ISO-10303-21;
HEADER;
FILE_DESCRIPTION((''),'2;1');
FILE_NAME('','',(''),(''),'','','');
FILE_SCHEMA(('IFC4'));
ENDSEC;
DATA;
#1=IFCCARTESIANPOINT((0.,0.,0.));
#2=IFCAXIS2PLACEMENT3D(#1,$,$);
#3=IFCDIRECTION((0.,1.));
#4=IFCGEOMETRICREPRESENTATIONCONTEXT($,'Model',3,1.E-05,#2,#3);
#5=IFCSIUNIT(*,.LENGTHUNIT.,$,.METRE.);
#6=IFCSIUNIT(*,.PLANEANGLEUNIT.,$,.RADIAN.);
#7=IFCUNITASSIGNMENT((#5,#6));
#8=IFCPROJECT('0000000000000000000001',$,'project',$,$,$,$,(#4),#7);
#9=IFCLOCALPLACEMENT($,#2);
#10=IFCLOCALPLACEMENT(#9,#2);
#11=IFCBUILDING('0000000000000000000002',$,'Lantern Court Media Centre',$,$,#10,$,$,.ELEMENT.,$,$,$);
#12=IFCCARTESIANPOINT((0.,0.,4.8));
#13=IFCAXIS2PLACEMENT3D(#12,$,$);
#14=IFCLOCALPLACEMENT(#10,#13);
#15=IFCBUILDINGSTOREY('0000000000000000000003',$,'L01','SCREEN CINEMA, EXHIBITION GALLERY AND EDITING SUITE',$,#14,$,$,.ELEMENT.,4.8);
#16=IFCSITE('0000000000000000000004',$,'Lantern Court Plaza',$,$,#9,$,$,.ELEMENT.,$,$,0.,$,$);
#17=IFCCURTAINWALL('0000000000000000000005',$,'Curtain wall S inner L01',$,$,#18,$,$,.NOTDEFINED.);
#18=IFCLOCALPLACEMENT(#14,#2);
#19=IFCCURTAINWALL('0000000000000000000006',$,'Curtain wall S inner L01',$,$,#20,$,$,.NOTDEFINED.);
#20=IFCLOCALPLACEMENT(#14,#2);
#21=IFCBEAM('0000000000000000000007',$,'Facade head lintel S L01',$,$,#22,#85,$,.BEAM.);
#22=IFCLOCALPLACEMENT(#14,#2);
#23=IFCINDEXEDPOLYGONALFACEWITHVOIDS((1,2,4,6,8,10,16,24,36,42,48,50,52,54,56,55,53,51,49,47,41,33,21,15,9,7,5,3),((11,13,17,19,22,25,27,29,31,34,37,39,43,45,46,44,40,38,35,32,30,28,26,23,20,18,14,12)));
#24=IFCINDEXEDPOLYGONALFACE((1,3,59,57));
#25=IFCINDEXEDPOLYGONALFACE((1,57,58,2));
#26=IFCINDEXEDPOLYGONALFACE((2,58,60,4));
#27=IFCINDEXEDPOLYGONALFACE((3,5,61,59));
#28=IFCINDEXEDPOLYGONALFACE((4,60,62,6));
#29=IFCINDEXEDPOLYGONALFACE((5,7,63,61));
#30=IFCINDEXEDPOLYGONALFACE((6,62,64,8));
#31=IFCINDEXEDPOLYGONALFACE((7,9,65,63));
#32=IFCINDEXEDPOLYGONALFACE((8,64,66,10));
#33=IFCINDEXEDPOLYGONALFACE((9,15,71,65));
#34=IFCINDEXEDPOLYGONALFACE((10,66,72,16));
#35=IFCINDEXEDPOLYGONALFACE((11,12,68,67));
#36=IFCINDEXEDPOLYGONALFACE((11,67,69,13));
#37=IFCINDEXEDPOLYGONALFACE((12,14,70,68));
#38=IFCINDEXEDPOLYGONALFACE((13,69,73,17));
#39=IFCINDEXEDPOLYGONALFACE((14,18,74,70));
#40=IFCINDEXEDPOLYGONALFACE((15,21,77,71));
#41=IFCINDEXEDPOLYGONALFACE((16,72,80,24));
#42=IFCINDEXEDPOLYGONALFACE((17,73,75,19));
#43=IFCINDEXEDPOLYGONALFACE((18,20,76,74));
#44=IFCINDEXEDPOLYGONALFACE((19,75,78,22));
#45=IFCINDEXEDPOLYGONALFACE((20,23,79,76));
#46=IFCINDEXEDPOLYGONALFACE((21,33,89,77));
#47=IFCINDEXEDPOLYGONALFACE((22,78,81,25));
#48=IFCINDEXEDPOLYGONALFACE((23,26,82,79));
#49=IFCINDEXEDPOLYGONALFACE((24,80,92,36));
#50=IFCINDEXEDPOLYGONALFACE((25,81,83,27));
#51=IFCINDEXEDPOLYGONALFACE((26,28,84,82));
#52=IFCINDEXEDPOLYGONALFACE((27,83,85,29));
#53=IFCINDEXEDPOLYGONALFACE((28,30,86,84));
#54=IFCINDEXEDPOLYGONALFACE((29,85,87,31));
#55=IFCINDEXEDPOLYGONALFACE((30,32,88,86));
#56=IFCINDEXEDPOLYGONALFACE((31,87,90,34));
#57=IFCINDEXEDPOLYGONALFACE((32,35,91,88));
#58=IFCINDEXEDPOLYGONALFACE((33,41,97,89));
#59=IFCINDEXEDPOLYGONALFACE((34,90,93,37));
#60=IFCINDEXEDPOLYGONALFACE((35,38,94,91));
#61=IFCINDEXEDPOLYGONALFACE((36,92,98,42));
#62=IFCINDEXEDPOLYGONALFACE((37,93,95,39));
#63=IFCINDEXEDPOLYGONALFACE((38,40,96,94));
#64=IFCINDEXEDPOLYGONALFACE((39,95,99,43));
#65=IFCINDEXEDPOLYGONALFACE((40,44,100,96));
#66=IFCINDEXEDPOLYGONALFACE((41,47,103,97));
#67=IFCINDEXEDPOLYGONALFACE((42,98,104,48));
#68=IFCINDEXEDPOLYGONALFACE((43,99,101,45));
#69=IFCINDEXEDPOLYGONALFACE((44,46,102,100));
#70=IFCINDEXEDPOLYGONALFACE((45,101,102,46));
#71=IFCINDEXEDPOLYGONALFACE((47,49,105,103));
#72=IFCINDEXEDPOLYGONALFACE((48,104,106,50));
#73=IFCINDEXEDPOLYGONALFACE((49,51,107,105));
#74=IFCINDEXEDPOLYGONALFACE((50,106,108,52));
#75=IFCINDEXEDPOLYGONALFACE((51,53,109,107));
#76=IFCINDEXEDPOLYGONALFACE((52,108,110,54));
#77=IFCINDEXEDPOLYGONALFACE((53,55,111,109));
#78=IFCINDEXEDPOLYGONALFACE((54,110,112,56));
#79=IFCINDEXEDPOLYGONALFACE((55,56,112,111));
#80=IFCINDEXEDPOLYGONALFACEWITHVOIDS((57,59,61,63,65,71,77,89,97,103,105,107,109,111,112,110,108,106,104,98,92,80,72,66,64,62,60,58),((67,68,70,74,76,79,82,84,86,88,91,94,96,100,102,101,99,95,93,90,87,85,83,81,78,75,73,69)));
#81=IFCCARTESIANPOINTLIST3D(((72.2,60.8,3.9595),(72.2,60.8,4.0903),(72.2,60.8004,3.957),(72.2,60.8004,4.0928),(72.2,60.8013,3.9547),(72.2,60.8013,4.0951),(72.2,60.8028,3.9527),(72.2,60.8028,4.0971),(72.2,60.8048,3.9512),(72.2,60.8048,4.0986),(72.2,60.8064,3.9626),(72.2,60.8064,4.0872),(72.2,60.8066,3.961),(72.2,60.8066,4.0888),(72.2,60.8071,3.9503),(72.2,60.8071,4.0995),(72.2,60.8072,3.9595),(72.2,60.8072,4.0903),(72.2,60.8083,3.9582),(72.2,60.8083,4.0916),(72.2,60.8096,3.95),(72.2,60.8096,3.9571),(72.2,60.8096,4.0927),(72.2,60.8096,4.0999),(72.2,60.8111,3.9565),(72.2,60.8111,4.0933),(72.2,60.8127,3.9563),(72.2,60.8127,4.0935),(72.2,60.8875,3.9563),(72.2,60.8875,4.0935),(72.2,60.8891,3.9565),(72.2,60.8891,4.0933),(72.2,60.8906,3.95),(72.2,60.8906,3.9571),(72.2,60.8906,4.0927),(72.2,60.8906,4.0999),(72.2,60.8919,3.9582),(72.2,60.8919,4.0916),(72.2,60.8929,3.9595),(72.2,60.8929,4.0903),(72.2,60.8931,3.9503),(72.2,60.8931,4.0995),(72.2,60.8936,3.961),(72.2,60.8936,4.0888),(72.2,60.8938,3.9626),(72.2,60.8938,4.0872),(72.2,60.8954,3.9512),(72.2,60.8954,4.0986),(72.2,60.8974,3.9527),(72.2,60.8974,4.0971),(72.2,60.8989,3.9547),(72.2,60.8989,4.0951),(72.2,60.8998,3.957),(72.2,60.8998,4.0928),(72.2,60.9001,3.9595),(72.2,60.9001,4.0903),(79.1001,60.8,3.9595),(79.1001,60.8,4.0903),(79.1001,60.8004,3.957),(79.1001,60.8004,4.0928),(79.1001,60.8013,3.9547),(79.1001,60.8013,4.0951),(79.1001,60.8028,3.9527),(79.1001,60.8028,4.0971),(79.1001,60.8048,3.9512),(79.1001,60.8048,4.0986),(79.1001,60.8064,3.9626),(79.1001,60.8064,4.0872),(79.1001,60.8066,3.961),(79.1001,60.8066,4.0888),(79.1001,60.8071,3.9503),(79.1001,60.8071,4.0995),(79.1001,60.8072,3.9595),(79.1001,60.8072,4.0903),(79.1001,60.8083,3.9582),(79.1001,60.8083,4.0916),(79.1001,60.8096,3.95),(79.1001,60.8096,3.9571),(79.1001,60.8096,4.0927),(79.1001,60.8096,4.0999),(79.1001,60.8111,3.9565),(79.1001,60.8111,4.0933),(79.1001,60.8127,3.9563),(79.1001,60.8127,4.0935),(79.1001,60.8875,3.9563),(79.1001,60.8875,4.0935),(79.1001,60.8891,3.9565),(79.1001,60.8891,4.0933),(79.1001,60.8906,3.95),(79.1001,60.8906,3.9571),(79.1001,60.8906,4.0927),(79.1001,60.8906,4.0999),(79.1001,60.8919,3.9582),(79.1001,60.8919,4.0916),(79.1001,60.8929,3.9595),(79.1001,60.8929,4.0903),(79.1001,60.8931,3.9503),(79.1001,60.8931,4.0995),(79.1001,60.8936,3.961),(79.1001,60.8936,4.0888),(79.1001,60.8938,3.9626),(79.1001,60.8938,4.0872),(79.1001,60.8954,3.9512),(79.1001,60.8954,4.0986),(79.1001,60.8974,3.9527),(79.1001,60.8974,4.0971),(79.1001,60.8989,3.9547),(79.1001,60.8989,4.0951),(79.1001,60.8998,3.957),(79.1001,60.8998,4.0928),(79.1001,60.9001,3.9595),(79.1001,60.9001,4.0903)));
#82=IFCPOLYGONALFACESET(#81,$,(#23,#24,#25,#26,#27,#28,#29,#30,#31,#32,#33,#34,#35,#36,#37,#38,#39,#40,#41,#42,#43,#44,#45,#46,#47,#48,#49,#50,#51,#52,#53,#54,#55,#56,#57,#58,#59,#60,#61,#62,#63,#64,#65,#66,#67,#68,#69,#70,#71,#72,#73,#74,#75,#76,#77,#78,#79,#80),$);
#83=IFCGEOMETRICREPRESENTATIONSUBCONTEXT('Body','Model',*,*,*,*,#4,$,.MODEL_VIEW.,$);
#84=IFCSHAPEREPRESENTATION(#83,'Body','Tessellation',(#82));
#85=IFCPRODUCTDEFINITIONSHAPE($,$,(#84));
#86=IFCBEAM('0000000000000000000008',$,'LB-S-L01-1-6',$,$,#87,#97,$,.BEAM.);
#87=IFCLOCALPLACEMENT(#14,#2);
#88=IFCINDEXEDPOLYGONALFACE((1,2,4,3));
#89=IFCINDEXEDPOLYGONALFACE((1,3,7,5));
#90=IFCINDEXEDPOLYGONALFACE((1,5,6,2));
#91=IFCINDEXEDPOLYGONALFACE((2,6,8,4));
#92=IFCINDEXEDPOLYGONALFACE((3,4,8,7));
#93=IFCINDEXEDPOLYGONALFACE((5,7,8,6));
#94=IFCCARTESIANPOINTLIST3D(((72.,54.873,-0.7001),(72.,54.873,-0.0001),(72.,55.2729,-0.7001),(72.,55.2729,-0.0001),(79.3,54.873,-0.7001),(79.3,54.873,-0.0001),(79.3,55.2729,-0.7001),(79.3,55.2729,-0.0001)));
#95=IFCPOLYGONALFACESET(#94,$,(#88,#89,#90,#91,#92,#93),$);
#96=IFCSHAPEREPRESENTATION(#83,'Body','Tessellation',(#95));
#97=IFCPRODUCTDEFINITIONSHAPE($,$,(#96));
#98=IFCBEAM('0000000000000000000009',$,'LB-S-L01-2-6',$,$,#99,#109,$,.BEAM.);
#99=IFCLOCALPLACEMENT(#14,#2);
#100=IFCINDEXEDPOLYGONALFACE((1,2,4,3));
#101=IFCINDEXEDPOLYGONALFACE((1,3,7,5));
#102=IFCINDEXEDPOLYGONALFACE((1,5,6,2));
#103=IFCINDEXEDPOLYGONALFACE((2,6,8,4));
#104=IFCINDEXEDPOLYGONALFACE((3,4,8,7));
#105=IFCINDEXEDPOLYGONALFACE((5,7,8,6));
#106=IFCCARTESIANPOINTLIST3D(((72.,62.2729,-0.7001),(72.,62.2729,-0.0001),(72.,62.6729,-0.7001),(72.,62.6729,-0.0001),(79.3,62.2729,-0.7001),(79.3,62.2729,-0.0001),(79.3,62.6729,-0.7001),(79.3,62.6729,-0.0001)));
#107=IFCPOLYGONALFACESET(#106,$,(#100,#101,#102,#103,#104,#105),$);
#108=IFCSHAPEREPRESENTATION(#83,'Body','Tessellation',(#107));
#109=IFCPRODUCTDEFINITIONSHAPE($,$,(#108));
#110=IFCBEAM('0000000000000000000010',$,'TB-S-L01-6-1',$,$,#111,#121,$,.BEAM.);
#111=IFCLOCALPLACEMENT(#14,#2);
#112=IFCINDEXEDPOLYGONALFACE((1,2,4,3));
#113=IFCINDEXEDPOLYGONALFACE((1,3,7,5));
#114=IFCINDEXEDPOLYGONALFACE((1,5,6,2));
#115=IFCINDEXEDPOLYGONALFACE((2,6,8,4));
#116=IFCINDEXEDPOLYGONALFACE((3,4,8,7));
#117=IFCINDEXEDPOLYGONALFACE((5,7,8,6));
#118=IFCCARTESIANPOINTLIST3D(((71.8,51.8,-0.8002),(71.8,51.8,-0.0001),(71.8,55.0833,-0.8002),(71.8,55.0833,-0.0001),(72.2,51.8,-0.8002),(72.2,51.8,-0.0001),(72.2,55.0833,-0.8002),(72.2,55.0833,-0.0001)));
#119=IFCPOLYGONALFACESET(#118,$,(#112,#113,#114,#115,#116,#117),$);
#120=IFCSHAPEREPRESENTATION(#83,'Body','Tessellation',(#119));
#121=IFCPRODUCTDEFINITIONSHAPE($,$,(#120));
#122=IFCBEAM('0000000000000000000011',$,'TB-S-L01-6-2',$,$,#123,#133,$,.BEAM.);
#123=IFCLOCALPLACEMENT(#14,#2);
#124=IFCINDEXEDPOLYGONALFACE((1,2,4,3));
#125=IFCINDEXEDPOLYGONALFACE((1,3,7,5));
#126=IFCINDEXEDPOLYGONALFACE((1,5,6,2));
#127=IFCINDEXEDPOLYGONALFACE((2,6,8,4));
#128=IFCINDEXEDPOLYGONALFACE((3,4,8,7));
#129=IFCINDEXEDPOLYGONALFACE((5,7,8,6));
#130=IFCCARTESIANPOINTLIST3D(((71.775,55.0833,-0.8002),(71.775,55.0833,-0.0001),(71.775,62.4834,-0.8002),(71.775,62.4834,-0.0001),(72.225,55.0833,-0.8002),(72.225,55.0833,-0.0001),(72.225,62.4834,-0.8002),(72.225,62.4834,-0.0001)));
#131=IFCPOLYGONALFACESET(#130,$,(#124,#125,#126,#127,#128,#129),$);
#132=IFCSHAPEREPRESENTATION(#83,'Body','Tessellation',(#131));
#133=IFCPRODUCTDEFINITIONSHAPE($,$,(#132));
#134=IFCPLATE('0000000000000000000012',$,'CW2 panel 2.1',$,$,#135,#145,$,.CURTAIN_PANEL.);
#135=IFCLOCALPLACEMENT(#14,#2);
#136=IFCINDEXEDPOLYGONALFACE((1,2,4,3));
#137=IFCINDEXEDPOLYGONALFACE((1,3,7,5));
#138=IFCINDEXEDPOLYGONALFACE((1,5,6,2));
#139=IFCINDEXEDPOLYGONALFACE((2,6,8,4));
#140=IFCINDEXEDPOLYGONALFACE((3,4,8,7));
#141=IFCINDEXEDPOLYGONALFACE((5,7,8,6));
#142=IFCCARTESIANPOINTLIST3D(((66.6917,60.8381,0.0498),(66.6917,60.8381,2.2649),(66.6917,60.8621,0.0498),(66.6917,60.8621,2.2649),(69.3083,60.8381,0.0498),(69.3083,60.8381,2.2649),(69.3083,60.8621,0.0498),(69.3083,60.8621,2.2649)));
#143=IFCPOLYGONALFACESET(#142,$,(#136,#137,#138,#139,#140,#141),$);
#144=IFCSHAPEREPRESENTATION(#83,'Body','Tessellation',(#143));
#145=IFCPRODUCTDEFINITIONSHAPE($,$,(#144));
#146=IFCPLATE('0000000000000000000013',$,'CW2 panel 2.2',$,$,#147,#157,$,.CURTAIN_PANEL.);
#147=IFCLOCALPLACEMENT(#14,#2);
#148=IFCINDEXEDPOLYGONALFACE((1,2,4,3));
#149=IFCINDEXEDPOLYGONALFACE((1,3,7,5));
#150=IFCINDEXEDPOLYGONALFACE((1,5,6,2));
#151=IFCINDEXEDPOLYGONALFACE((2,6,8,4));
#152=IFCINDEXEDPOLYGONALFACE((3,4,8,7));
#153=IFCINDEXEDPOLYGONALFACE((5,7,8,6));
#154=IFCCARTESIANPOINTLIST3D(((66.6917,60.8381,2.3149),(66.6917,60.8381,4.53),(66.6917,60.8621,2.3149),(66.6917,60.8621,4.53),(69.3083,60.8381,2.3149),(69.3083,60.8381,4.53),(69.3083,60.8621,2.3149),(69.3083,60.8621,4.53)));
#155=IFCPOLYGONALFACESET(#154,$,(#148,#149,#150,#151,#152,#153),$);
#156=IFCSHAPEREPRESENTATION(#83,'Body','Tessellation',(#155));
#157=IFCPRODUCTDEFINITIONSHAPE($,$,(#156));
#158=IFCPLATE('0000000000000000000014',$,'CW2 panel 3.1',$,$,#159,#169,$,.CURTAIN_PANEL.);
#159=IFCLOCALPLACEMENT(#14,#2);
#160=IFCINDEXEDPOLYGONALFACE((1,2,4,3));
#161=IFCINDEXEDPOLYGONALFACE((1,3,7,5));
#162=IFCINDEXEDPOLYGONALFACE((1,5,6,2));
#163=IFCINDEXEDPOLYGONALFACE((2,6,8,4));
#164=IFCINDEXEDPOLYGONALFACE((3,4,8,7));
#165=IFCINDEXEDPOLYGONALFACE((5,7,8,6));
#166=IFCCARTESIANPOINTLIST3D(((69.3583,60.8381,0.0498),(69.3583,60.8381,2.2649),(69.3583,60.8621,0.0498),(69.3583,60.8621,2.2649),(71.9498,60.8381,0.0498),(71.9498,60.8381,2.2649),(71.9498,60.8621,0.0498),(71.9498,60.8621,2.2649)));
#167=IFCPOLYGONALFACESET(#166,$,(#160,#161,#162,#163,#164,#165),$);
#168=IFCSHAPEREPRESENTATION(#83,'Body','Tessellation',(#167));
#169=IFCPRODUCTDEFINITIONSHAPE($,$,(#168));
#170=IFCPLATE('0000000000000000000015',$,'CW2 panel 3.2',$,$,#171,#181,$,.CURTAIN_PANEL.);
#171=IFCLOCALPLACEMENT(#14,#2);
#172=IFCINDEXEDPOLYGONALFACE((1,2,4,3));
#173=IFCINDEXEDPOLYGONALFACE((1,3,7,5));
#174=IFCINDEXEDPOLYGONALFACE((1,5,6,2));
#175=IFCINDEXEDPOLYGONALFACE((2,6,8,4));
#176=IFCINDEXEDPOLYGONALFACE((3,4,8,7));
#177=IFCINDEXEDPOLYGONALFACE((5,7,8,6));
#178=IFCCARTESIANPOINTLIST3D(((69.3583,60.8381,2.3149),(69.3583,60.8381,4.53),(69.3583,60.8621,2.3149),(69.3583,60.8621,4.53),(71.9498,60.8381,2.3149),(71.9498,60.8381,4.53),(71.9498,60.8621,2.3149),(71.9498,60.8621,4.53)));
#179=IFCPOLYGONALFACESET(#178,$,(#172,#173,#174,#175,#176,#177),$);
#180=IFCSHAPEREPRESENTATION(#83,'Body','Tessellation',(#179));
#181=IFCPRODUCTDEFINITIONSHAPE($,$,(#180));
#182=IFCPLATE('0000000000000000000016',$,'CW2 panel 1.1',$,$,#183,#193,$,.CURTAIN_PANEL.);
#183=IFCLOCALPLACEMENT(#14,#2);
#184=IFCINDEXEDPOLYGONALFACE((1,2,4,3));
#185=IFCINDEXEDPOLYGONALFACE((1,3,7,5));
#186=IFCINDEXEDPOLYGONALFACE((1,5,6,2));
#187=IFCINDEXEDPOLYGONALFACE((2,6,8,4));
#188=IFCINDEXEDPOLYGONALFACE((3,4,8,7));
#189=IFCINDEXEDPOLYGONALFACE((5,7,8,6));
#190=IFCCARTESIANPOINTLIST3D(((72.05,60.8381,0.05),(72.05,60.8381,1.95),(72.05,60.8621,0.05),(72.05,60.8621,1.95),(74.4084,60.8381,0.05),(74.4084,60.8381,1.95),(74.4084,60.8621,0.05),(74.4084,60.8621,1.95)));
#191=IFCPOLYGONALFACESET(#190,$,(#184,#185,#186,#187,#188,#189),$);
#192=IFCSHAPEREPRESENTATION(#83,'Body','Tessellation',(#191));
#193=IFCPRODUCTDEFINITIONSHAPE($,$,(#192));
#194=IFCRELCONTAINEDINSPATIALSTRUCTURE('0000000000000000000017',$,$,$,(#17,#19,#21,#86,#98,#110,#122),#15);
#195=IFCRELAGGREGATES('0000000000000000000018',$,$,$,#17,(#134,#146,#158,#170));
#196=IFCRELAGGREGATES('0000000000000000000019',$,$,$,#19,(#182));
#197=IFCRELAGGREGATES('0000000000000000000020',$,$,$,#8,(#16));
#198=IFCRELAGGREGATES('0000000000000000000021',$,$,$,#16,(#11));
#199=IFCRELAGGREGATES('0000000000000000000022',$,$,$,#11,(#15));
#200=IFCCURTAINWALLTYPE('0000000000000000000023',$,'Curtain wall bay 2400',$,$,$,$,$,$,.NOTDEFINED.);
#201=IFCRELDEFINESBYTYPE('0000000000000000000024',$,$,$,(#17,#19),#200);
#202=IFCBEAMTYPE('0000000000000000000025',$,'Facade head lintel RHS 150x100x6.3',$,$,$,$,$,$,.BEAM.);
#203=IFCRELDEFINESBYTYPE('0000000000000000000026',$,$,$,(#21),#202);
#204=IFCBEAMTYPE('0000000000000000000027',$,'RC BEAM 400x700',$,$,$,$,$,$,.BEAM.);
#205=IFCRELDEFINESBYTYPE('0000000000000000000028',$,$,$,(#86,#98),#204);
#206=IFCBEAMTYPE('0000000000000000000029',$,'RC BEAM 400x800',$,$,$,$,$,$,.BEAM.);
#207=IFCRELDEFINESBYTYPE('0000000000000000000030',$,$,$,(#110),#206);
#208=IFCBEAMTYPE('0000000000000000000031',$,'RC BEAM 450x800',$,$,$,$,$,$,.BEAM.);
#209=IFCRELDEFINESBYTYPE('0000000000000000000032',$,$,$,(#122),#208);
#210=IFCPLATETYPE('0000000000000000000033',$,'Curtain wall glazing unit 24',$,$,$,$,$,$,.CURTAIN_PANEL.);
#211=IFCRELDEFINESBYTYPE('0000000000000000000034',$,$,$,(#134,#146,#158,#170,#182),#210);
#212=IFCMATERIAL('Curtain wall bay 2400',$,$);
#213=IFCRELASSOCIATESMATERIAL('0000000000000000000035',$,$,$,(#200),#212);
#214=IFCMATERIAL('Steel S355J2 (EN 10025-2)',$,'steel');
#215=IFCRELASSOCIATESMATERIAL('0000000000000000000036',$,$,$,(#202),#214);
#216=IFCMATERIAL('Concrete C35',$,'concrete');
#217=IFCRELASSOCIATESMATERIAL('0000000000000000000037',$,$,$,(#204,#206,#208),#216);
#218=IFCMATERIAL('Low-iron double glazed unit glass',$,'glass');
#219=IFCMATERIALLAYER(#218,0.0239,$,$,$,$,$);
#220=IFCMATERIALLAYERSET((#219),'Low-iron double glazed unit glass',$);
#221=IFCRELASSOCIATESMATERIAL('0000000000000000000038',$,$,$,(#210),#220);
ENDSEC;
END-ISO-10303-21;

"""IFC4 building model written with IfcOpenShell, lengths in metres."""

from ifc_helpers import new_model, si_unit, direction, frame, origin, origin_2d, place, context, subcontext, project, spatial, rectangle, hollow_rectangle, extrude, material, layer, layer_set, material_profile, profile_set, type_object, element, aggregate, save


model = new_model("IFC4")

# Units and contexts
model_context = context("Model", 3, precision=1e-05, world=origin(), true_north=direction((0.0, 1.0)))
body_context = subcontext(model_context, "Body", "Model", "MODEL_VIEW")
ifc_project = project(units=[si_unit("LENGTHUNIT", "METRE"), si_unit("PLANEANGLEUNIT", "RADIAN")], contexts=[model_context])

# Site, building, storey
site_placement = place(None, origin())
site = spatial("IfcSite", under=ifc_project, at=site_placement, Name="Lantern Court Plaza", CompositionType="ELEMENT", RefElevation=0.0)
building_placement = place(site_placement, origin())
building = spatial("IfcBuilding", under=site, at=building_placement, Name="Lantern Court Media Centre", CompositionType="ELEMENT")
storey_placement = place(building_placement, frame((0.0, 0.0, 4.8)))
storey = spatial("IfcBuildingStorey", under=building, at=storey_placement, Name="L01", Description="SCREEN CINEMA, EXHIBITION GALLERY AND EDITING SUITE", CompositionType="ELEMENT", Elevation=4.8)

# Shared definitions
ifc_material_1 = material(Name="Concrete C35", Category="concrete")

# Curtain wall
ifc_material_2 = material(Name="Curtain wall bay 2400")
curtain_wall_type = type_object("IfcCurtainWallType", Name="Curtain wall bay 2400", PredefinedType="NOTDEFINED", material=ifc_material_2)
curtain_wall_1_placement = place(storey_placement, origin())
curtain_wall_1 = element("IfcCurtainWall", 1, at=curtain_wall_1_placement, inside=storey, type_object=curtain_wall_type, Name="Curtain wall S inner L01", PredefinedType="NOTDEFINED")

# Curtain wall
curtain_wall_2_placement = place(storey_placement, origin())
curtain_wall_2 = element("IfcCurtainWall", 2, at=curtain_wall_2_placement, inside=storey, type_object=curtain_wall_type, Name="Curtain wall S inner L01", PredefinedType="NOTDEFINED")

# Beams
ifc_material_3 = material(Name="Steel S355J2 (EN 10025-2)", Category="steel")
ifc_material_profile_1 = material_profile(ifc_material_3, hollow_rectangle(XDim=0.1001, YDim=0.1499, WallThickness=0.0063, InnerFilletRadius=0.0063, OuterFilletRadius=0.0095, at=origin_2d()), Name="Facade head lintel RHS 150x100x6.3")
ifc_profile_set_1 = profile_set([ifc_material_profile_1], Name="Steel S355J2 (EN 10025-2)")
beam_type_1 = type_object("IfcBeamType", Name="Facade head lintel RHS 150x100x6.3", PredefinedType="BEAM", material=ifc_profile_set_1)
beam_1_placement = place(storey_placement, frame((72.2, 60.8501, 4.0249), z_axis=(1.0, 0.0, 0.0), x_axis=(0.0, 1.0, 0.0)))
element("IfcBeam", 3, at=beam_1_placement, inside=storey, type_object=beam_type_1, Name="Facade head lintel S L01", PredefinedType="BEAM", context=body_context, shape_type="SweptSolid", body=[
    extrude(hollow_rectangle(XDim=0.1001, YDim=0.1499, WallThickness=0.0063, InnerFilletRadius=0.0063, OuterFilletRadius=0.0095, at=origin_2d()), origin(), (0.0, 0.0, 1.0), 6.9001),
])
ifc_material_profile_2 = material_profile(ifc_material_1, rectangle(XDim=0.3999, YDim=0.7, at=origin_2d()), Name="RC 400x700")
ifc_profile_set_2 = profile_set([ifc_material_profile_2], Name="Concrete C35")
beam_type_2 = type_object("IfcBeamType", Name="RC BEAM 400x700", PredefinedType="BEAM", material=ifc_profile_set_2)
for number, where, z_axis, x_axis, name in (
    (4, (72.0, 55.073, -0.3501), (1.0, 0.0, 0.0), (0.0, 1.0, 0.0), "LB-S-L01-1-6"),
    (5, (72.0, 62.4729, -0.3501), (1.0, 0.0, 0.0), (0.0, 1.0, 0.0), "LB-S-L01-2-6"),
):
    element("IfcBeam", number, at=place(storey_placement, frame(where, z_axis=z_axis, x_axis=x_axis)), inside=storey, type_object=beam_type_2, Name=name, PredefinedType="BEAM", context=body_context, shape_type="SweptSolid", body=[
        extrude(rectangle(XDim=0.3999, YDim=0.7, at=origin_2d()), origin(), (0.0, 0.0, 1.0), 7.3),
    ])
ifc_material_profile_3 = material_profile(ifc_material_1, rectangle(XDim=0.3999, YDim=0.8, at=origin_2d()), Name="RC 400x800")
ifc_profile_set_3 = profile_set([ifc_material_profile_3], Name="Concrete C35")
beam_type_3 = type_object("IfcBeamType", Name="RC BEAM 400x800", PredefinedType="BEAM", material=ifc_profile_set_3)
beam_2_placement = place(storey_placement, frame((72.0, 51.8, -0.4001), z_axis=(0.0, 1.0, 0.0), x_axis=(-1.0, 0.0, 0.0)))
element("IfcBeam", 6, at=beam_2_placement, inside=storey, type_object=beam_type_3, Name="TB-S-L01-6-1", PredefinedType="BEAM", context=body_context, shape_type="SweptSolid", body=[
    extrude(rectangle(XDim=0.3999, YDim=0.8, at=origin_2d()), origin(), (0.0, 0.0, 1.0), 3.2832),
])
ifc_material_profile_4 = material_profile(ifc_material_1, rectangle(XDim=0.45, YDim=0.8, at=origin_2d()), Name="RC 450x800")
ifc_profile_set_4 = profile_set([ifc_material_profile_4], Name="Concrete C35")
beam_type_4 = type_object("IfcBeamType", Name="RC BEAM 450x800", PredefinedType="BEAM", material=ifc_profile_set_4)
beam_3_placement = place(storey_placement, frame((72.0, 55.0833, -0.4001), z_axis=(0.0, 1.0, 0.0), x_axis=(-1.0, 0.0, 0.0)))
element("IfcBeam", 7, at=beam_3_placement, inside=storey, type_object=beam_type_4, Name="TB-S-L01-6-2", PredefinedType="BEAM", context=body_context, shape_type="SweptSolid", body=[
    extrude(rectangle(XDim=0.45, YDim=0.8, at=origin_2d()), origin(), (0.0, 0.0, 1.0), 7.4001),
])

# Plates
ifc_material_4 = material(Name="Low-iron double glazed unit glass", Category="glass")
ifc_layer_1 = layer(ifc_material_4, 0.0239)
ifc_layer_set_1 = layer_set([ifc_layer_1], Name="Low-iron double glazed unit glass")
plate_type = type_object("IfcPlateType", Name="Curtain wall glazing unit 24", PredefinedType="CURTAIN_PANEL", material=ifc_layer_set_1)
plate_1_placement = place(storey_placement, frame((68.0, 60.8501, 0.0498), z_axis=(0.0, 0.0, 1.0), x_axis=(1.0, 0.0, 0.0)))
plate_1 = element("IfcPlate", 8, at=plate_1_placement, type_object=plate_type, Name="CW2 panel 2.1", PredefinedType="CURTAIN_PANEL", context=body_context, shape_type="SweptSolid", body=[
    extrude(rectangle(XDim=2.6167, YDim=0.0239, at=origin_2d()), origin(), (0.0, 0.0, 1.0), 2.2151),
])
plate_2_placement = place(storey_placement, frame((68.0, 60.8501, 2.3149), z_axis=(0.0, 0.0, 1.0), x_axis=(1.0, 0.0, 0.0)))
plate_2 = element("IfcPlate", 9, at=plate_2_placement, type_object=plate_type, Name="CW2 panel 2.2", PredefinedType="CURTAIN_PANEL", context=body_context, shape_type="SweptSolid", body=[
    extrude(rectangle(XDim=2.6167, YDim=0.0239, at=origin_2d()), origin(), (0.0, 0.0, 1.0), 2.2151),
])
plate_3_placement = place(storey_placement, frame((70.6541, 60.8501, 0.0498), z_axis=(0.0, 0.0, 1.0), x_axis=(1.0, 0.0, 0.0)))
plate_3 = element("IfcPlate", 10, at=plate_3_placement, type_object=plate_type, Name="CW2 panel 3.1", PredefinedType="CURTAIN_PANEL", context=body_context, shape_type="SweptSolid", body=[
    extrude(rectangle(XDim=2.5916, YDim=0.0239, at=origin_2d()), origin(), (0.0, 0.0, 1.0), 2.2151),
])
plate_4_placement = place(storey_placement, frame((70.6541, 60.8501, 2.3149), z_axis=(0.0, 0.0, 1.0), x_axis=(1.0, 0.0, 0.0)))
plate_4 = element("IfcPlate", 11, at=plate_4_placement, type_object=plate_type, Name="CW2 panel 3.2", PredefinedType="CURTAIN_PANEL", context=body_context, shape_type="SweptSolid", body=[
    extrude(rectangle(XDim=2.5916, YDim=0.0239, at=origin_2d()), origin(), (0.0, 0.0, 1.0), 2.2151),
])
aggregate(curtain_wall_1, [plate_1, plate_2, plate_3, plate_4])
plate_5_placement = place(storey_placement, frame((73.2292, 60.8501, 0.05), z_axis=(0.0, 0.0, 1.0), x_axis=(1.0, 0.0, 0.0)))
plate_5 = element("IfcPlate", 12, at=plate_5_placement, type_object=plate_type, Name="CW2 panel 1.1", PredefinedType="CURTAIN_PANEL", context=body_context, shape_type="SweptSolid", body=[
    extrude(rectangle(XDim=2.3584, YDim=0.0239, at=origin_2d()), origin(), (0.0, 0.0, 1.0), 1.8999),
])
aggregate(curtain_wall_2, [plate_5])

save(model, "model.ifc")
